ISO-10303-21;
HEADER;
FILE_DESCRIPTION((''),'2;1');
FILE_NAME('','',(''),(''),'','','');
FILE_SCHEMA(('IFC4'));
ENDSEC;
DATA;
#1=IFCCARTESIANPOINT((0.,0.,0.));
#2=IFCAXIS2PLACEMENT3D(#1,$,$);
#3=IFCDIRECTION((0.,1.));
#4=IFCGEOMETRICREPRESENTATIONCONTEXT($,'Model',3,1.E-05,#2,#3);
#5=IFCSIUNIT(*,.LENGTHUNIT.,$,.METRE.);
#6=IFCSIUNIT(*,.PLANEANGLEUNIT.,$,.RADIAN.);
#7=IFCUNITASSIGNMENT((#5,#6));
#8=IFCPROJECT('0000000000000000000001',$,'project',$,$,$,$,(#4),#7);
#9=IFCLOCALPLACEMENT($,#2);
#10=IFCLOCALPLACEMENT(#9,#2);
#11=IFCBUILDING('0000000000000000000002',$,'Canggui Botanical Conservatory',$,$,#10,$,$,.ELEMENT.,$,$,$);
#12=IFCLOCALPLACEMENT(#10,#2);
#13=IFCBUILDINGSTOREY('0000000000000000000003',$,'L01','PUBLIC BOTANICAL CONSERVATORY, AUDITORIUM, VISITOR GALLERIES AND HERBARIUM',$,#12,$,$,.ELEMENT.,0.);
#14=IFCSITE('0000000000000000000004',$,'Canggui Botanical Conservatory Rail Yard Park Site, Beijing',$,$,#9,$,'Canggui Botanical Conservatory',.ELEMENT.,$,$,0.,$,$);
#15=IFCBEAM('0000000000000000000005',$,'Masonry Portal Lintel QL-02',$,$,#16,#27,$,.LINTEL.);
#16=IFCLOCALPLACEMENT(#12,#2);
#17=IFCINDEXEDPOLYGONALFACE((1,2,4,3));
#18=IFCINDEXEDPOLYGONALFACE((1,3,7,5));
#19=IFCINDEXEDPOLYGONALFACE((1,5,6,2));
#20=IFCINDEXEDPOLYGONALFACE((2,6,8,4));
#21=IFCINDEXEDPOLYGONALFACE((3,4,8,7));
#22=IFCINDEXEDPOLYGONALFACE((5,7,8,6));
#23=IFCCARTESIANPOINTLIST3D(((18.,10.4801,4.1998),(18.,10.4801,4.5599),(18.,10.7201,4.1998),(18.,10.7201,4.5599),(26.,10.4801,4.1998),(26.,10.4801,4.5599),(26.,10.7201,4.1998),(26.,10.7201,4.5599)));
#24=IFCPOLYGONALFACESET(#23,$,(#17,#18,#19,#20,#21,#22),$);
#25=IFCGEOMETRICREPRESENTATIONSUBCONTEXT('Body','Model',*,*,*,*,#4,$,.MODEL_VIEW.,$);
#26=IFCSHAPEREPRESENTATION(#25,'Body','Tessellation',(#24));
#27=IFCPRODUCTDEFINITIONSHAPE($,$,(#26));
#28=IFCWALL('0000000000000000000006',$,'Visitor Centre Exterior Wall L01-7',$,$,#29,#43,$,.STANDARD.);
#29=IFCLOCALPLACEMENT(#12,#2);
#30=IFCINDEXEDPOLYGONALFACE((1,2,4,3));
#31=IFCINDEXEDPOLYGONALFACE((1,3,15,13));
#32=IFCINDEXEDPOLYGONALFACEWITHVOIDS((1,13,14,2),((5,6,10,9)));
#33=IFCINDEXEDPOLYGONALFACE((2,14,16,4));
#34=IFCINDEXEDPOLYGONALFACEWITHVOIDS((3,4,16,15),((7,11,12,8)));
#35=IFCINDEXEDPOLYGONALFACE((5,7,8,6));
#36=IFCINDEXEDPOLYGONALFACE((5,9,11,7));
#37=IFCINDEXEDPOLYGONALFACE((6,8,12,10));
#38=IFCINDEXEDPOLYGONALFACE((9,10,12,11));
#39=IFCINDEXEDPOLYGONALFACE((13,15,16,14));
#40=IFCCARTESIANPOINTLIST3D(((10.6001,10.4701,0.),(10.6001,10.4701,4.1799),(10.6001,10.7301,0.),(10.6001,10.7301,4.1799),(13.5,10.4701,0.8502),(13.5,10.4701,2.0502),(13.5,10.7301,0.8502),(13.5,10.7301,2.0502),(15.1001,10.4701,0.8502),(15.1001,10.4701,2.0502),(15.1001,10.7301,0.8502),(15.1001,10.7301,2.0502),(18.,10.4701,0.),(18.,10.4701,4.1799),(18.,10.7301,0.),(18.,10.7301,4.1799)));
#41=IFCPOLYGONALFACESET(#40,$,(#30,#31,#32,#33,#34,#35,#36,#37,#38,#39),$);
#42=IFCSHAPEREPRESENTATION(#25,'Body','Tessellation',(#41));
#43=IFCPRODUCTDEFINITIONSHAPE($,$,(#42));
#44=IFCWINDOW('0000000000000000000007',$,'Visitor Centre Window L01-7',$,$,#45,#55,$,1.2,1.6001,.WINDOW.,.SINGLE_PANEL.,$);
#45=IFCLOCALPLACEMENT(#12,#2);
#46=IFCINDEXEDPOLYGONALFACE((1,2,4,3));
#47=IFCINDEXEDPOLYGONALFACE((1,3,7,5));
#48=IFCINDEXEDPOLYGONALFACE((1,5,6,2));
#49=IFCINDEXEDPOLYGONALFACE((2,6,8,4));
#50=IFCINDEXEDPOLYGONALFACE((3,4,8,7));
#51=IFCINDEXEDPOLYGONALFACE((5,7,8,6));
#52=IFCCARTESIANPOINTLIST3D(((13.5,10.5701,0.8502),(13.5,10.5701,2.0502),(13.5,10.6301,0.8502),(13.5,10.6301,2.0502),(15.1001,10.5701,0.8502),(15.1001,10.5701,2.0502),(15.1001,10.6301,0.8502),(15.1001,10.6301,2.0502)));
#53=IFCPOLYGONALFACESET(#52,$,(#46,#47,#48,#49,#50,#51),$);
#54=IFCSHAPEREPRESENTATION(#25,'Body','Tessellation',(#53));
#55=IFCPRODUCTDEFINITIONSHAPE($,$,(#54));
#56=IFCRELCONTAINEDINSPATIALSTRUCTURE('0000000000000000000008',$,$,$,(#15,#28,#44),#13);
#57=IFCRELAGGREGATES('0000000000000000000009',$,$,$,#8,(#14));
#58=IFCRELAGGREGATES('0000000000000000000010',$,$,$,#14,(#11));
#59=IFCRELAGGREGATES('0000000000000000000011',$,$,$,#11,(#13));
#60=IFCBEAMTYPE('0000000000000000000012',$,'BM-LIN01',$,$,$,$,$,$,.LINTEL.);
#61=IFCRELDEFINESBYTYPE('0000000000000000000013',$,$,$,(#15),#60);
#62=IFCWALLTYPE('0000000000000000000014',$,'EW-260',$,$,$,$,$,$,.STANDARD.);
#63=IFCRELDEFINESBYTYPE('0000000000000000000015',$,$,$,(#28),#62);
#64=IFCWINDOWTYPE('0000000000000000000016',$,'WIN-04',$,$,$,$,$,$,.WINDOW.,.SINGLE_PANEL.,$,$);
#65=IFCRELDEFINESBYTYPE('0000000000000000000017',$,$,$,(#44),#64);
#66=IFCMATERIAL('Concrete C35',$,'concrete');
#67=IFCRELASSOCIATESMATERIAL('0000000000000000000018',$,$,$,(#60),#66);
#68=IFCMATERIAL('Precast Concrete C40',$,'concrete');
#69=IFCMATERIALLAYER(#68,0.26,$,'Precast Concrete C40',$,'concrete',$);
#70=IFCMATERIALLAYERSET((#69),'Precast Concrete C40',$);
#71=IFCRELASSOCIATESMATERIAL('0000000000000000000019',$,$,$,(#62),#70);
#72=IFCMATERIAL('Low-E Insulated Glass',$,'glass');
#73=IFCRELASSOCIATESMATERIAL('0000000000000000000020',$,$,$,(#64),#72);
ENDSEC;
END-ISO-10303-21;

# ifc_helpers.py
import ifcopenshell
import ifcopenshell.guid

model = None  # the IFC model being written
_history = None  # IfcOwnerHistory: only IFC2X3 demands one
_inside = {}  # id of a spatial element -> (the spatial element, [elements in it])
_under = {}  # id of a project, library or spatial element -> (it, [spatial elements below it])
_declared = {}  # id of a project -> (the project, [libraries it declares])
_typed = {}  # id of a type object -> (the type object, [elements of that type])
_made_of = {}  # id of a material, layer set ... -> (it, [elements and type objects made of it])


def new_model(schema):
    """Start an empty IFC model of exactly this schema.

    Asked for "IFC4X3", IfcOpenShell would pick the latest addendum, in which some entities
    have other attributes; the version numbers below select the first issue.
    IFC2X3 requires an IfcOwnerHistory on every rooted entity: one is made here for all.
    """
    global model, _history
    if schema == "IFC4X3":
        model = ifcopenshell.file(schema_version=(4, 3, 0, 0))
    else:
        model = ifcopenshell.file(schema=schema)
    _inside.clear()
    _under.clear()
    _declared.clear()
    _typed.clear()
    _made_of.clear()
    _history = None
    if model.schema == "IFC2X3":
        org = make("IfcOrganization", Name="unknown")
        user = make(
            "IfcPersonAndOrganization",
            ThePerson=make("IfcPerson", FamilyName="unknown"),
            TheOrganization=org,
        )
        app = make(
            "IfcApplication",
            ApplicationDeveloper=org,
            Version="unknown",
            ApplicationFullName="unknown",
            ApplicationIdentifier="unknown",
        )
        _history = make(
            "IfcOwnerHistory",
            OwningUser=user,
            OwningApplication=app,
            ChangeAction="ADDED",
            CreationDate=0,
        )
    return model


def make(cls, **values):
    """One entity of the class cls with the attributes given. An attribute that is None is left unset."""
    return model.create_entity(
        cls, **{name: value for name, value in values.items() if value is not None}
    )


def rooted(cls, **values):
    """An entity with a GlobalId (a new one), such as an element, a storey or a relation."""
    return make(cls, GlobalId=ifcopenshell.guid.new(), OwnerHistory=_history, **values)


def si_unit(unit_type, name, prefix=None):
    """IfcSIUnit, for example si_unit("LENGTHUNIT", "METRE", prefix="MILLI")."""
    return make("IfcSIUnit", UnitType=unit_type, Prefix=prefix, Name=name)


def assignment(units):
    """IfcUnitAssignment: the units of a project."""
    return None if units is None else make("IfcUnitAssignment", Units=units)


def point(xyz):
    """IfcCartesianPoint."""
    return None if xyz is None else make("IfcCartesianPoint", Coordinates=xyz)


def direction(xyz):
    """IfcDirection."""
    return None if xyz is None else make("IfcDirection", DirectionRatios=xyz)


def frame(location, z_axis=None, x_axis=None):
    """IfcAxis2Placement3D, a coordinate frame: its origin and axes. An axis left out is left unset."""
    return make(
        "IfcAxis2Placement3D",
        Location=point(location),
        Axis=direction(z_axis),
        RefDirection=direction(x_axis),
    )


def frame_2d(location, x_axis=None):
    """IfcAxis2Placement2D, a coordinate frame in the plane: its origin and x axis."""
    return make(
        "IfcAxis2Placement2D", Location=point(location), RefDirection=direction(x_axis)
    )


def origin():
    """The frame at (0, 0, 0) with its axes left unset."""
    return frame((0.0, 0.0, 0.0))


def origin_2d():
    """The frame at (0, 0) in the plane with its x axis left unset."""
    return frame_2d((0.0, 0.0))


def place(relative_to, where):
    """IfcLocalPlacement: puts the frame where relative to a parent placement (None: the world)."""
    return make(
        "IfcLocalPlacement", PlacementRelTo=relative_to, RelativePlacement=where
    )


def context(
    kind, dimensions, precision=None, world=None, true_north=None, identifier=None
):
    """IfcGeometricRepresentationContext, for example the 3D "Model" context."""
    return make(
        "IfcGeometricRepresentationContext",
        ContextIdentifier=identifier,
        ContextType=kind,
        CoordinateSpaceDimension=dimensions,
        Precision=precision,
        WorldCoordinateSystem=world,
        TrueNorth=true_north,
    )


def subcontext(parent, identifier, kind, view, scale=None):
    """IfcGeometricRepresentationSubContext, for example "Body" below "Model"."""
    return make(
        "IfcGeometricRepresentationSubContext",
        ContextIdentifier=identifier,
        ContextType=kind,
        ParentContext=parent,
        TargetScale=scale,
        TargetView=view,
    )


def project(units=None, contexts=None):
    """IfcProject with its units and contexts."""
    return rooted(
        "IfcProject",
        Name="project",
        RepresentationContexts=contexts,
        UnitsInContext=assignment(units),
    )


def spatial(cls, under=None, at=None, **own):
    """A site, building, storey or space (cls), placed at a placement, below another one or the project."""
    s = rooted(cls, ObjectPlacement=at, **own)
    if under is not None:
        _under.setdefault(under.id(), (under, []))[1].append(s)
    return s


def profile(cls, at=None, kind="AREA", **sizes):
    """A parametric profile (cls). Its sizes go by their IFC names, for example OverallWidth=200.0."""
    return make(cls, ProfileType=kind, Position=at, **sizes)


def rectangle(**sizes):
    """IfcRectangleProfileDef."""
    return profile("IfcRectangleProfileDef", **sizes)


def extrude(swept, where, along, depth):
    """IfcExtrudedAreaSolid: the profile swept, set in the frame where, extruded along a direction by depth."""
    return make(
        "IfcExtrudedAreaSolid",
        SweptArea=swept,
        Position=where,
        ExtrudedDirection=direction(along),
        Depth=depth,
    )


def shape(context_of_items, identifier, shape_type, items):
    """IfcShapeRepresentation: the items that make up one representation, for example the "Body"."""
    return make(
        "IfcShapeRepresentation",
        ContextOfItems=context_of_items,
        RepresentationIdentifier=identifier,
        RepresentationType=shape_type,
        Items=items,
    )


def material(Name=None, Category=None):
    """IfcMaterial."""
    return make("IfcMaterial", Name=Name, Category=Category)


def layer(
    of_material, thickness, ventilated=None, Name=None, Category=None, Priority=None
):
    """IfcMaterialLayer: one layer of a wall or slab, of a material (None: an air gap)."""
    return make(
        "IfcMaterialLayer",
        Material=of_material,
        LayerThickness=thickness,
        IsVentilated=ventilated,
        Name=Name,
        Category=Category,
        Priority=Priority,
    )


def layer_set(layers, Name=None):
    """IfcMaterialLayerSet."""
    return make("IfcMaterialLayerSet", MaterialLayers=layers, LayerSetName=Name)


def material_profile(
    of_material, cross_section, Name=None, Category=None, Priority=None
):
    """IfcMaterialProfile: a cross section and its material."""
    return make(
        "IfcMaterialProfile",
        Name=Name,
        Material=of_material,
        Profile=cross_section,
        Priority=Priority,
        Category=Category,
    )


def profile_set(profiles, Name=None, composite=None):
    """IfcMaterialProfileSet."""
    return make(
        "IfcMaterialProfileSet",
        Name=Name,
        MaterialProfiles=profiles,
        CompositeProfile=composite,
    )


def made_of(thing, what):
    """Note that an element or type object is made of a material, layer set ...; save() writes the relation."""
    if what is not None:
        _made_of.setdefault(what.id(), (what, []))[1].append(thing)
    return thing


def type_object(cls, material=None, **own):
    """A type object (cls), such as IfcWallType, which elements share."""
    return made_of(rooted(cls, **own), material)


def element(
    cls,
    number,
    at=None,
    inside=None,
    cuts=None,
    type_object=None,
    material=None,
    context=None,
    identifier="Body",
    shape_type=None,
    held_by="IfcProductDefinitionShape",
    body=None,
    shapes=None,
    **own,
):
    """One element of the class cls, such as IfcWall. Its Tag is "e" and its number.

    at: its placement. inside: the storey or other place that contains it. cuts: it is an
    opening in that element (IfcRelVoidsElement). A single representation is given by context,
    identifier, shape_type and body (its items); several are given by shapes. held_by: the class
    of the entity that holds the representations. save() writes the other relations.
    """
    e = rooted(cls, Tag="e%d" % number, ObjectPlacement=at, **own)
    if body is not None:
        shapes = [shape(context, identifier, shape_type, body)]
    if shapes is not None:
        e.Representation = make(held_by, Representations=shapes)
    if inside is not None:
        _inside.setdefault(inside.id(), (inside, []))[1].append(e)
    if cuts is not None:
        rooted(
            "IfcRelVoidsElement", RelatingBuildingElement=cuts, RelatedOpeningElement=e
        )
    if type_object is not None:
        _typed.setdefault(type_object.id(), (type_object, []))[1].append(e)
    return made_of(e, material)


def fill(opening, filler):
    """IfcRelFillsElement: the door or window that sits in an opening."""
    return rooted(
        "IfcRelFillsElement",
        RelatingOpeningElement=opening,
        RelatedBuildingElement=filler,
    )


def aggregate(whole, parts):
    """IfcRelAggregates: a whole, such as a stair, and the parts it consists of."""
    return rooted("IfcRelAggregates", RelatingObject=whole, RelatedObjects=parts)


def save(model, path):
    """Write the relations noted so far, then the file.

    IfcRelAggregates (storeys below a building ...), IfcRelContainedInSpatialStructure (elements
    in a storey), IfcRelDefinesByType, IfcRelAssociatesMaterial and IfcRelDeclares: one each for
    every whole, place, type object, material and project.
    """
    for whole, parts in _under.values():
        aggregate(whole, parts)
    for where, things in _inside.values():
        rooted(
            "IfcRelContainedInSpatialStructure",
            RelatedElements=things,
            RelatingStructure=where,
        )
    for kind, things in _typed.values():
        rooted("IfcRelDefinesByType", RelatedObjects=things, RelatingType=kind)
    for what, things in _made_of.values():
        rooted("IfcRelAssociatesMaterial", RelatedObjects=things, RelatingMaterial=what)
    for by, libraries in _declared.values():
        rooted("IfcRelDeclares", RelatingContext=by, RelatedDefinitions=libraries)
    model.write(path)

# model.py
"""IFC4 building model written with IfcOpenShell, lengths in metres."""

from ifc_helpers import new_model, si_unit, direction, frame, frame_2d, origin, origin_2d, place, context, subcontext, project, spatial, rectangle, extrude, material, layer, layer_set, material_profile, profile_set, type_object, element, fill, save


model = new_model("IFC4")

# Units and contexts
model_context = context("Model", 3, precision=1e-05, world=origin(), true_north=direction((0.0, 1.0)))
body_context = subcontext(model_context, "Body", "Model", "MODEL_VIEW")
ifc_project = project(units=[si_unit("LENGTHUNIT", "METRE"), si_unit("PLANEANGLEUNIT", "RADIAN")], contexts=[model_context])

# Site, building, storey
site_placement = place(None, origin())
site = spatial("IfcSite", under=ifc_project, at=site_placement, Name="Canggui Botanical Conservatory Rail Yard Park Site, Beijing", LongName="Canggui Botanical Conservatory", CompositionType="ELEMENT", RefElevation=0.0)
building_placement = place(site_placement, origin())
building = spatial("IfcBuilding", under=site, at=building_placement, Name="Canggui Botanical Conservatory", CompositionType="ELEMENT")
storey_placement = place(building_placement, origin())
storey = spatial("IfcBuildingStorey", under=building, at=storey_placement, Name="L01", Description="PUBLIC BOTANICAL CONSERVATORY, AUDITORIUM, VISITOR GALLERIES AND HERBARIUM", CompositionType="ELEMENT", Elevation=0.0)

# Shared definitions
ifc_material_1 = material(Name="Concrete C35", Category="concrete")

# Beam
ifc_material_profile_1 = material_profile(ifc_material_1, rectangle(XDim=0.24, YDim=0.3601, at=origin_2d()), Name="RB 240x360")
ifc_profile_set_1 = profile_set([ifc_material_profile_1], Name="Concrete C35")
beam_type_1 = type_object("IfcBeamType", Name="BM-LIN01", PredefinedType="LINTEL", material=ifc_profile_set_1)
beam_1_placement = place(storey_placement, frame((18.0, 10.6001, 4.3799), z_axis=(1.0, 0.0, 0.0), x_axis=(0.0, 1.0, 0.0)))
element("IfcBeam", 1, at=beam_1_placement, inside=storey, type_object=beam_type_1, Name="Masonry Portal Lintel QL-02", PredefinedType="LINTEL", context=body_context, shape_type="SweptSolid", body=[
    extrude(rectangle(XDim=0.24, YDim=0.3601, at=origin_2d()), origin(), (0.0, 0.0, 1.0), 8.0),
])

# Wall, opening, window
ifc_material_2 = material(Name="Precast Concrete C40", Category="concrete")
ifc_layer = layer(ifc_material_2, 0.26, Name="Precast Concrete C40", Category="concrete")
ifc_layer_set = layer_set([ifc_layer], Name="Precast Concrete C40")
wall_type = type_object("IfcWallType", Name="EW-260", PredefinedType="STANDARD", material=ifc_layer_set)
wall_placement = place(storey_placement, frame((18.0, 10.6001, 0.0), z_axis=(0.0, 0.0, 1.0), x_axis=(-1.0, 0.0, 0.0)))
wall = element("IfcWall", 2, at=wall_placement, inside=storey, type_object=wall_type, Name="Visitor Centre Exterior Wall L01-7", PredefinedType="STANDARD", context=body_context, shape_type="SweptSolid", body=[
    extrude(rectangle(XDim=7.3999, YDim=0.26, at=frame_2d((3.7, 0.0))), origin(), (0.0, 0.0, 1.0), 4.1799),
])
opening_placement = place(wall_placement, frame((2.8999, 0.0, 0.8501)))
opening = element("IfcOpeningElement", 3, at=opening_placement, cuts=wall, PredefinedType="OPENING", context=body_context, shape_type="SweptSolid", body=[
    extrude(rectangle(XDim=1.6001, YDim=1.2, at=frame_2d((0.8, 0.6001))), frame((0.0, 0.1401, 0.0), z_axis=(0.0, -1.0, 0.0), x_axis=(1.0, 0.0, 0.0)), (0.0, 0.0, 1.0), 0.28),
])
ifc_material_3 = material(Name="Low-E Insulated Glass", Category="glass")
window_type = type_object("IfcWindowType", Name="WIN-04", PartitioningType="SINGLE_PANEL", PredefinedType="WINDOW", material=ifc_material_3)
window_placement = place(opening_placement, origin())
window = element("IfcWindow", 4, at=window_placement, inside=storey, type_object=window_type, Name="Visitor Centre Window L01-7", OverallHeight=1.2, OverallWidth=1.6001, PartitioningType="SINGLE_PANEL", PredefinedType="WINDOW", context=body_context, shape_type="SweptSolid", body=[
    extrude(rectangle(XDim=1.6001, YDim=1.2, at=frame_2d((0.8, 0.6001))), frame((0.0, 0.03, 0.0), z_axis=(0.0, -1.0, 0.0), x_axis=(1.0, 0.0, 0.0)), (0.0, 0.0, 1.0), 0.0601),
])
fill(opening, window)

save(model, "model.ifc")
